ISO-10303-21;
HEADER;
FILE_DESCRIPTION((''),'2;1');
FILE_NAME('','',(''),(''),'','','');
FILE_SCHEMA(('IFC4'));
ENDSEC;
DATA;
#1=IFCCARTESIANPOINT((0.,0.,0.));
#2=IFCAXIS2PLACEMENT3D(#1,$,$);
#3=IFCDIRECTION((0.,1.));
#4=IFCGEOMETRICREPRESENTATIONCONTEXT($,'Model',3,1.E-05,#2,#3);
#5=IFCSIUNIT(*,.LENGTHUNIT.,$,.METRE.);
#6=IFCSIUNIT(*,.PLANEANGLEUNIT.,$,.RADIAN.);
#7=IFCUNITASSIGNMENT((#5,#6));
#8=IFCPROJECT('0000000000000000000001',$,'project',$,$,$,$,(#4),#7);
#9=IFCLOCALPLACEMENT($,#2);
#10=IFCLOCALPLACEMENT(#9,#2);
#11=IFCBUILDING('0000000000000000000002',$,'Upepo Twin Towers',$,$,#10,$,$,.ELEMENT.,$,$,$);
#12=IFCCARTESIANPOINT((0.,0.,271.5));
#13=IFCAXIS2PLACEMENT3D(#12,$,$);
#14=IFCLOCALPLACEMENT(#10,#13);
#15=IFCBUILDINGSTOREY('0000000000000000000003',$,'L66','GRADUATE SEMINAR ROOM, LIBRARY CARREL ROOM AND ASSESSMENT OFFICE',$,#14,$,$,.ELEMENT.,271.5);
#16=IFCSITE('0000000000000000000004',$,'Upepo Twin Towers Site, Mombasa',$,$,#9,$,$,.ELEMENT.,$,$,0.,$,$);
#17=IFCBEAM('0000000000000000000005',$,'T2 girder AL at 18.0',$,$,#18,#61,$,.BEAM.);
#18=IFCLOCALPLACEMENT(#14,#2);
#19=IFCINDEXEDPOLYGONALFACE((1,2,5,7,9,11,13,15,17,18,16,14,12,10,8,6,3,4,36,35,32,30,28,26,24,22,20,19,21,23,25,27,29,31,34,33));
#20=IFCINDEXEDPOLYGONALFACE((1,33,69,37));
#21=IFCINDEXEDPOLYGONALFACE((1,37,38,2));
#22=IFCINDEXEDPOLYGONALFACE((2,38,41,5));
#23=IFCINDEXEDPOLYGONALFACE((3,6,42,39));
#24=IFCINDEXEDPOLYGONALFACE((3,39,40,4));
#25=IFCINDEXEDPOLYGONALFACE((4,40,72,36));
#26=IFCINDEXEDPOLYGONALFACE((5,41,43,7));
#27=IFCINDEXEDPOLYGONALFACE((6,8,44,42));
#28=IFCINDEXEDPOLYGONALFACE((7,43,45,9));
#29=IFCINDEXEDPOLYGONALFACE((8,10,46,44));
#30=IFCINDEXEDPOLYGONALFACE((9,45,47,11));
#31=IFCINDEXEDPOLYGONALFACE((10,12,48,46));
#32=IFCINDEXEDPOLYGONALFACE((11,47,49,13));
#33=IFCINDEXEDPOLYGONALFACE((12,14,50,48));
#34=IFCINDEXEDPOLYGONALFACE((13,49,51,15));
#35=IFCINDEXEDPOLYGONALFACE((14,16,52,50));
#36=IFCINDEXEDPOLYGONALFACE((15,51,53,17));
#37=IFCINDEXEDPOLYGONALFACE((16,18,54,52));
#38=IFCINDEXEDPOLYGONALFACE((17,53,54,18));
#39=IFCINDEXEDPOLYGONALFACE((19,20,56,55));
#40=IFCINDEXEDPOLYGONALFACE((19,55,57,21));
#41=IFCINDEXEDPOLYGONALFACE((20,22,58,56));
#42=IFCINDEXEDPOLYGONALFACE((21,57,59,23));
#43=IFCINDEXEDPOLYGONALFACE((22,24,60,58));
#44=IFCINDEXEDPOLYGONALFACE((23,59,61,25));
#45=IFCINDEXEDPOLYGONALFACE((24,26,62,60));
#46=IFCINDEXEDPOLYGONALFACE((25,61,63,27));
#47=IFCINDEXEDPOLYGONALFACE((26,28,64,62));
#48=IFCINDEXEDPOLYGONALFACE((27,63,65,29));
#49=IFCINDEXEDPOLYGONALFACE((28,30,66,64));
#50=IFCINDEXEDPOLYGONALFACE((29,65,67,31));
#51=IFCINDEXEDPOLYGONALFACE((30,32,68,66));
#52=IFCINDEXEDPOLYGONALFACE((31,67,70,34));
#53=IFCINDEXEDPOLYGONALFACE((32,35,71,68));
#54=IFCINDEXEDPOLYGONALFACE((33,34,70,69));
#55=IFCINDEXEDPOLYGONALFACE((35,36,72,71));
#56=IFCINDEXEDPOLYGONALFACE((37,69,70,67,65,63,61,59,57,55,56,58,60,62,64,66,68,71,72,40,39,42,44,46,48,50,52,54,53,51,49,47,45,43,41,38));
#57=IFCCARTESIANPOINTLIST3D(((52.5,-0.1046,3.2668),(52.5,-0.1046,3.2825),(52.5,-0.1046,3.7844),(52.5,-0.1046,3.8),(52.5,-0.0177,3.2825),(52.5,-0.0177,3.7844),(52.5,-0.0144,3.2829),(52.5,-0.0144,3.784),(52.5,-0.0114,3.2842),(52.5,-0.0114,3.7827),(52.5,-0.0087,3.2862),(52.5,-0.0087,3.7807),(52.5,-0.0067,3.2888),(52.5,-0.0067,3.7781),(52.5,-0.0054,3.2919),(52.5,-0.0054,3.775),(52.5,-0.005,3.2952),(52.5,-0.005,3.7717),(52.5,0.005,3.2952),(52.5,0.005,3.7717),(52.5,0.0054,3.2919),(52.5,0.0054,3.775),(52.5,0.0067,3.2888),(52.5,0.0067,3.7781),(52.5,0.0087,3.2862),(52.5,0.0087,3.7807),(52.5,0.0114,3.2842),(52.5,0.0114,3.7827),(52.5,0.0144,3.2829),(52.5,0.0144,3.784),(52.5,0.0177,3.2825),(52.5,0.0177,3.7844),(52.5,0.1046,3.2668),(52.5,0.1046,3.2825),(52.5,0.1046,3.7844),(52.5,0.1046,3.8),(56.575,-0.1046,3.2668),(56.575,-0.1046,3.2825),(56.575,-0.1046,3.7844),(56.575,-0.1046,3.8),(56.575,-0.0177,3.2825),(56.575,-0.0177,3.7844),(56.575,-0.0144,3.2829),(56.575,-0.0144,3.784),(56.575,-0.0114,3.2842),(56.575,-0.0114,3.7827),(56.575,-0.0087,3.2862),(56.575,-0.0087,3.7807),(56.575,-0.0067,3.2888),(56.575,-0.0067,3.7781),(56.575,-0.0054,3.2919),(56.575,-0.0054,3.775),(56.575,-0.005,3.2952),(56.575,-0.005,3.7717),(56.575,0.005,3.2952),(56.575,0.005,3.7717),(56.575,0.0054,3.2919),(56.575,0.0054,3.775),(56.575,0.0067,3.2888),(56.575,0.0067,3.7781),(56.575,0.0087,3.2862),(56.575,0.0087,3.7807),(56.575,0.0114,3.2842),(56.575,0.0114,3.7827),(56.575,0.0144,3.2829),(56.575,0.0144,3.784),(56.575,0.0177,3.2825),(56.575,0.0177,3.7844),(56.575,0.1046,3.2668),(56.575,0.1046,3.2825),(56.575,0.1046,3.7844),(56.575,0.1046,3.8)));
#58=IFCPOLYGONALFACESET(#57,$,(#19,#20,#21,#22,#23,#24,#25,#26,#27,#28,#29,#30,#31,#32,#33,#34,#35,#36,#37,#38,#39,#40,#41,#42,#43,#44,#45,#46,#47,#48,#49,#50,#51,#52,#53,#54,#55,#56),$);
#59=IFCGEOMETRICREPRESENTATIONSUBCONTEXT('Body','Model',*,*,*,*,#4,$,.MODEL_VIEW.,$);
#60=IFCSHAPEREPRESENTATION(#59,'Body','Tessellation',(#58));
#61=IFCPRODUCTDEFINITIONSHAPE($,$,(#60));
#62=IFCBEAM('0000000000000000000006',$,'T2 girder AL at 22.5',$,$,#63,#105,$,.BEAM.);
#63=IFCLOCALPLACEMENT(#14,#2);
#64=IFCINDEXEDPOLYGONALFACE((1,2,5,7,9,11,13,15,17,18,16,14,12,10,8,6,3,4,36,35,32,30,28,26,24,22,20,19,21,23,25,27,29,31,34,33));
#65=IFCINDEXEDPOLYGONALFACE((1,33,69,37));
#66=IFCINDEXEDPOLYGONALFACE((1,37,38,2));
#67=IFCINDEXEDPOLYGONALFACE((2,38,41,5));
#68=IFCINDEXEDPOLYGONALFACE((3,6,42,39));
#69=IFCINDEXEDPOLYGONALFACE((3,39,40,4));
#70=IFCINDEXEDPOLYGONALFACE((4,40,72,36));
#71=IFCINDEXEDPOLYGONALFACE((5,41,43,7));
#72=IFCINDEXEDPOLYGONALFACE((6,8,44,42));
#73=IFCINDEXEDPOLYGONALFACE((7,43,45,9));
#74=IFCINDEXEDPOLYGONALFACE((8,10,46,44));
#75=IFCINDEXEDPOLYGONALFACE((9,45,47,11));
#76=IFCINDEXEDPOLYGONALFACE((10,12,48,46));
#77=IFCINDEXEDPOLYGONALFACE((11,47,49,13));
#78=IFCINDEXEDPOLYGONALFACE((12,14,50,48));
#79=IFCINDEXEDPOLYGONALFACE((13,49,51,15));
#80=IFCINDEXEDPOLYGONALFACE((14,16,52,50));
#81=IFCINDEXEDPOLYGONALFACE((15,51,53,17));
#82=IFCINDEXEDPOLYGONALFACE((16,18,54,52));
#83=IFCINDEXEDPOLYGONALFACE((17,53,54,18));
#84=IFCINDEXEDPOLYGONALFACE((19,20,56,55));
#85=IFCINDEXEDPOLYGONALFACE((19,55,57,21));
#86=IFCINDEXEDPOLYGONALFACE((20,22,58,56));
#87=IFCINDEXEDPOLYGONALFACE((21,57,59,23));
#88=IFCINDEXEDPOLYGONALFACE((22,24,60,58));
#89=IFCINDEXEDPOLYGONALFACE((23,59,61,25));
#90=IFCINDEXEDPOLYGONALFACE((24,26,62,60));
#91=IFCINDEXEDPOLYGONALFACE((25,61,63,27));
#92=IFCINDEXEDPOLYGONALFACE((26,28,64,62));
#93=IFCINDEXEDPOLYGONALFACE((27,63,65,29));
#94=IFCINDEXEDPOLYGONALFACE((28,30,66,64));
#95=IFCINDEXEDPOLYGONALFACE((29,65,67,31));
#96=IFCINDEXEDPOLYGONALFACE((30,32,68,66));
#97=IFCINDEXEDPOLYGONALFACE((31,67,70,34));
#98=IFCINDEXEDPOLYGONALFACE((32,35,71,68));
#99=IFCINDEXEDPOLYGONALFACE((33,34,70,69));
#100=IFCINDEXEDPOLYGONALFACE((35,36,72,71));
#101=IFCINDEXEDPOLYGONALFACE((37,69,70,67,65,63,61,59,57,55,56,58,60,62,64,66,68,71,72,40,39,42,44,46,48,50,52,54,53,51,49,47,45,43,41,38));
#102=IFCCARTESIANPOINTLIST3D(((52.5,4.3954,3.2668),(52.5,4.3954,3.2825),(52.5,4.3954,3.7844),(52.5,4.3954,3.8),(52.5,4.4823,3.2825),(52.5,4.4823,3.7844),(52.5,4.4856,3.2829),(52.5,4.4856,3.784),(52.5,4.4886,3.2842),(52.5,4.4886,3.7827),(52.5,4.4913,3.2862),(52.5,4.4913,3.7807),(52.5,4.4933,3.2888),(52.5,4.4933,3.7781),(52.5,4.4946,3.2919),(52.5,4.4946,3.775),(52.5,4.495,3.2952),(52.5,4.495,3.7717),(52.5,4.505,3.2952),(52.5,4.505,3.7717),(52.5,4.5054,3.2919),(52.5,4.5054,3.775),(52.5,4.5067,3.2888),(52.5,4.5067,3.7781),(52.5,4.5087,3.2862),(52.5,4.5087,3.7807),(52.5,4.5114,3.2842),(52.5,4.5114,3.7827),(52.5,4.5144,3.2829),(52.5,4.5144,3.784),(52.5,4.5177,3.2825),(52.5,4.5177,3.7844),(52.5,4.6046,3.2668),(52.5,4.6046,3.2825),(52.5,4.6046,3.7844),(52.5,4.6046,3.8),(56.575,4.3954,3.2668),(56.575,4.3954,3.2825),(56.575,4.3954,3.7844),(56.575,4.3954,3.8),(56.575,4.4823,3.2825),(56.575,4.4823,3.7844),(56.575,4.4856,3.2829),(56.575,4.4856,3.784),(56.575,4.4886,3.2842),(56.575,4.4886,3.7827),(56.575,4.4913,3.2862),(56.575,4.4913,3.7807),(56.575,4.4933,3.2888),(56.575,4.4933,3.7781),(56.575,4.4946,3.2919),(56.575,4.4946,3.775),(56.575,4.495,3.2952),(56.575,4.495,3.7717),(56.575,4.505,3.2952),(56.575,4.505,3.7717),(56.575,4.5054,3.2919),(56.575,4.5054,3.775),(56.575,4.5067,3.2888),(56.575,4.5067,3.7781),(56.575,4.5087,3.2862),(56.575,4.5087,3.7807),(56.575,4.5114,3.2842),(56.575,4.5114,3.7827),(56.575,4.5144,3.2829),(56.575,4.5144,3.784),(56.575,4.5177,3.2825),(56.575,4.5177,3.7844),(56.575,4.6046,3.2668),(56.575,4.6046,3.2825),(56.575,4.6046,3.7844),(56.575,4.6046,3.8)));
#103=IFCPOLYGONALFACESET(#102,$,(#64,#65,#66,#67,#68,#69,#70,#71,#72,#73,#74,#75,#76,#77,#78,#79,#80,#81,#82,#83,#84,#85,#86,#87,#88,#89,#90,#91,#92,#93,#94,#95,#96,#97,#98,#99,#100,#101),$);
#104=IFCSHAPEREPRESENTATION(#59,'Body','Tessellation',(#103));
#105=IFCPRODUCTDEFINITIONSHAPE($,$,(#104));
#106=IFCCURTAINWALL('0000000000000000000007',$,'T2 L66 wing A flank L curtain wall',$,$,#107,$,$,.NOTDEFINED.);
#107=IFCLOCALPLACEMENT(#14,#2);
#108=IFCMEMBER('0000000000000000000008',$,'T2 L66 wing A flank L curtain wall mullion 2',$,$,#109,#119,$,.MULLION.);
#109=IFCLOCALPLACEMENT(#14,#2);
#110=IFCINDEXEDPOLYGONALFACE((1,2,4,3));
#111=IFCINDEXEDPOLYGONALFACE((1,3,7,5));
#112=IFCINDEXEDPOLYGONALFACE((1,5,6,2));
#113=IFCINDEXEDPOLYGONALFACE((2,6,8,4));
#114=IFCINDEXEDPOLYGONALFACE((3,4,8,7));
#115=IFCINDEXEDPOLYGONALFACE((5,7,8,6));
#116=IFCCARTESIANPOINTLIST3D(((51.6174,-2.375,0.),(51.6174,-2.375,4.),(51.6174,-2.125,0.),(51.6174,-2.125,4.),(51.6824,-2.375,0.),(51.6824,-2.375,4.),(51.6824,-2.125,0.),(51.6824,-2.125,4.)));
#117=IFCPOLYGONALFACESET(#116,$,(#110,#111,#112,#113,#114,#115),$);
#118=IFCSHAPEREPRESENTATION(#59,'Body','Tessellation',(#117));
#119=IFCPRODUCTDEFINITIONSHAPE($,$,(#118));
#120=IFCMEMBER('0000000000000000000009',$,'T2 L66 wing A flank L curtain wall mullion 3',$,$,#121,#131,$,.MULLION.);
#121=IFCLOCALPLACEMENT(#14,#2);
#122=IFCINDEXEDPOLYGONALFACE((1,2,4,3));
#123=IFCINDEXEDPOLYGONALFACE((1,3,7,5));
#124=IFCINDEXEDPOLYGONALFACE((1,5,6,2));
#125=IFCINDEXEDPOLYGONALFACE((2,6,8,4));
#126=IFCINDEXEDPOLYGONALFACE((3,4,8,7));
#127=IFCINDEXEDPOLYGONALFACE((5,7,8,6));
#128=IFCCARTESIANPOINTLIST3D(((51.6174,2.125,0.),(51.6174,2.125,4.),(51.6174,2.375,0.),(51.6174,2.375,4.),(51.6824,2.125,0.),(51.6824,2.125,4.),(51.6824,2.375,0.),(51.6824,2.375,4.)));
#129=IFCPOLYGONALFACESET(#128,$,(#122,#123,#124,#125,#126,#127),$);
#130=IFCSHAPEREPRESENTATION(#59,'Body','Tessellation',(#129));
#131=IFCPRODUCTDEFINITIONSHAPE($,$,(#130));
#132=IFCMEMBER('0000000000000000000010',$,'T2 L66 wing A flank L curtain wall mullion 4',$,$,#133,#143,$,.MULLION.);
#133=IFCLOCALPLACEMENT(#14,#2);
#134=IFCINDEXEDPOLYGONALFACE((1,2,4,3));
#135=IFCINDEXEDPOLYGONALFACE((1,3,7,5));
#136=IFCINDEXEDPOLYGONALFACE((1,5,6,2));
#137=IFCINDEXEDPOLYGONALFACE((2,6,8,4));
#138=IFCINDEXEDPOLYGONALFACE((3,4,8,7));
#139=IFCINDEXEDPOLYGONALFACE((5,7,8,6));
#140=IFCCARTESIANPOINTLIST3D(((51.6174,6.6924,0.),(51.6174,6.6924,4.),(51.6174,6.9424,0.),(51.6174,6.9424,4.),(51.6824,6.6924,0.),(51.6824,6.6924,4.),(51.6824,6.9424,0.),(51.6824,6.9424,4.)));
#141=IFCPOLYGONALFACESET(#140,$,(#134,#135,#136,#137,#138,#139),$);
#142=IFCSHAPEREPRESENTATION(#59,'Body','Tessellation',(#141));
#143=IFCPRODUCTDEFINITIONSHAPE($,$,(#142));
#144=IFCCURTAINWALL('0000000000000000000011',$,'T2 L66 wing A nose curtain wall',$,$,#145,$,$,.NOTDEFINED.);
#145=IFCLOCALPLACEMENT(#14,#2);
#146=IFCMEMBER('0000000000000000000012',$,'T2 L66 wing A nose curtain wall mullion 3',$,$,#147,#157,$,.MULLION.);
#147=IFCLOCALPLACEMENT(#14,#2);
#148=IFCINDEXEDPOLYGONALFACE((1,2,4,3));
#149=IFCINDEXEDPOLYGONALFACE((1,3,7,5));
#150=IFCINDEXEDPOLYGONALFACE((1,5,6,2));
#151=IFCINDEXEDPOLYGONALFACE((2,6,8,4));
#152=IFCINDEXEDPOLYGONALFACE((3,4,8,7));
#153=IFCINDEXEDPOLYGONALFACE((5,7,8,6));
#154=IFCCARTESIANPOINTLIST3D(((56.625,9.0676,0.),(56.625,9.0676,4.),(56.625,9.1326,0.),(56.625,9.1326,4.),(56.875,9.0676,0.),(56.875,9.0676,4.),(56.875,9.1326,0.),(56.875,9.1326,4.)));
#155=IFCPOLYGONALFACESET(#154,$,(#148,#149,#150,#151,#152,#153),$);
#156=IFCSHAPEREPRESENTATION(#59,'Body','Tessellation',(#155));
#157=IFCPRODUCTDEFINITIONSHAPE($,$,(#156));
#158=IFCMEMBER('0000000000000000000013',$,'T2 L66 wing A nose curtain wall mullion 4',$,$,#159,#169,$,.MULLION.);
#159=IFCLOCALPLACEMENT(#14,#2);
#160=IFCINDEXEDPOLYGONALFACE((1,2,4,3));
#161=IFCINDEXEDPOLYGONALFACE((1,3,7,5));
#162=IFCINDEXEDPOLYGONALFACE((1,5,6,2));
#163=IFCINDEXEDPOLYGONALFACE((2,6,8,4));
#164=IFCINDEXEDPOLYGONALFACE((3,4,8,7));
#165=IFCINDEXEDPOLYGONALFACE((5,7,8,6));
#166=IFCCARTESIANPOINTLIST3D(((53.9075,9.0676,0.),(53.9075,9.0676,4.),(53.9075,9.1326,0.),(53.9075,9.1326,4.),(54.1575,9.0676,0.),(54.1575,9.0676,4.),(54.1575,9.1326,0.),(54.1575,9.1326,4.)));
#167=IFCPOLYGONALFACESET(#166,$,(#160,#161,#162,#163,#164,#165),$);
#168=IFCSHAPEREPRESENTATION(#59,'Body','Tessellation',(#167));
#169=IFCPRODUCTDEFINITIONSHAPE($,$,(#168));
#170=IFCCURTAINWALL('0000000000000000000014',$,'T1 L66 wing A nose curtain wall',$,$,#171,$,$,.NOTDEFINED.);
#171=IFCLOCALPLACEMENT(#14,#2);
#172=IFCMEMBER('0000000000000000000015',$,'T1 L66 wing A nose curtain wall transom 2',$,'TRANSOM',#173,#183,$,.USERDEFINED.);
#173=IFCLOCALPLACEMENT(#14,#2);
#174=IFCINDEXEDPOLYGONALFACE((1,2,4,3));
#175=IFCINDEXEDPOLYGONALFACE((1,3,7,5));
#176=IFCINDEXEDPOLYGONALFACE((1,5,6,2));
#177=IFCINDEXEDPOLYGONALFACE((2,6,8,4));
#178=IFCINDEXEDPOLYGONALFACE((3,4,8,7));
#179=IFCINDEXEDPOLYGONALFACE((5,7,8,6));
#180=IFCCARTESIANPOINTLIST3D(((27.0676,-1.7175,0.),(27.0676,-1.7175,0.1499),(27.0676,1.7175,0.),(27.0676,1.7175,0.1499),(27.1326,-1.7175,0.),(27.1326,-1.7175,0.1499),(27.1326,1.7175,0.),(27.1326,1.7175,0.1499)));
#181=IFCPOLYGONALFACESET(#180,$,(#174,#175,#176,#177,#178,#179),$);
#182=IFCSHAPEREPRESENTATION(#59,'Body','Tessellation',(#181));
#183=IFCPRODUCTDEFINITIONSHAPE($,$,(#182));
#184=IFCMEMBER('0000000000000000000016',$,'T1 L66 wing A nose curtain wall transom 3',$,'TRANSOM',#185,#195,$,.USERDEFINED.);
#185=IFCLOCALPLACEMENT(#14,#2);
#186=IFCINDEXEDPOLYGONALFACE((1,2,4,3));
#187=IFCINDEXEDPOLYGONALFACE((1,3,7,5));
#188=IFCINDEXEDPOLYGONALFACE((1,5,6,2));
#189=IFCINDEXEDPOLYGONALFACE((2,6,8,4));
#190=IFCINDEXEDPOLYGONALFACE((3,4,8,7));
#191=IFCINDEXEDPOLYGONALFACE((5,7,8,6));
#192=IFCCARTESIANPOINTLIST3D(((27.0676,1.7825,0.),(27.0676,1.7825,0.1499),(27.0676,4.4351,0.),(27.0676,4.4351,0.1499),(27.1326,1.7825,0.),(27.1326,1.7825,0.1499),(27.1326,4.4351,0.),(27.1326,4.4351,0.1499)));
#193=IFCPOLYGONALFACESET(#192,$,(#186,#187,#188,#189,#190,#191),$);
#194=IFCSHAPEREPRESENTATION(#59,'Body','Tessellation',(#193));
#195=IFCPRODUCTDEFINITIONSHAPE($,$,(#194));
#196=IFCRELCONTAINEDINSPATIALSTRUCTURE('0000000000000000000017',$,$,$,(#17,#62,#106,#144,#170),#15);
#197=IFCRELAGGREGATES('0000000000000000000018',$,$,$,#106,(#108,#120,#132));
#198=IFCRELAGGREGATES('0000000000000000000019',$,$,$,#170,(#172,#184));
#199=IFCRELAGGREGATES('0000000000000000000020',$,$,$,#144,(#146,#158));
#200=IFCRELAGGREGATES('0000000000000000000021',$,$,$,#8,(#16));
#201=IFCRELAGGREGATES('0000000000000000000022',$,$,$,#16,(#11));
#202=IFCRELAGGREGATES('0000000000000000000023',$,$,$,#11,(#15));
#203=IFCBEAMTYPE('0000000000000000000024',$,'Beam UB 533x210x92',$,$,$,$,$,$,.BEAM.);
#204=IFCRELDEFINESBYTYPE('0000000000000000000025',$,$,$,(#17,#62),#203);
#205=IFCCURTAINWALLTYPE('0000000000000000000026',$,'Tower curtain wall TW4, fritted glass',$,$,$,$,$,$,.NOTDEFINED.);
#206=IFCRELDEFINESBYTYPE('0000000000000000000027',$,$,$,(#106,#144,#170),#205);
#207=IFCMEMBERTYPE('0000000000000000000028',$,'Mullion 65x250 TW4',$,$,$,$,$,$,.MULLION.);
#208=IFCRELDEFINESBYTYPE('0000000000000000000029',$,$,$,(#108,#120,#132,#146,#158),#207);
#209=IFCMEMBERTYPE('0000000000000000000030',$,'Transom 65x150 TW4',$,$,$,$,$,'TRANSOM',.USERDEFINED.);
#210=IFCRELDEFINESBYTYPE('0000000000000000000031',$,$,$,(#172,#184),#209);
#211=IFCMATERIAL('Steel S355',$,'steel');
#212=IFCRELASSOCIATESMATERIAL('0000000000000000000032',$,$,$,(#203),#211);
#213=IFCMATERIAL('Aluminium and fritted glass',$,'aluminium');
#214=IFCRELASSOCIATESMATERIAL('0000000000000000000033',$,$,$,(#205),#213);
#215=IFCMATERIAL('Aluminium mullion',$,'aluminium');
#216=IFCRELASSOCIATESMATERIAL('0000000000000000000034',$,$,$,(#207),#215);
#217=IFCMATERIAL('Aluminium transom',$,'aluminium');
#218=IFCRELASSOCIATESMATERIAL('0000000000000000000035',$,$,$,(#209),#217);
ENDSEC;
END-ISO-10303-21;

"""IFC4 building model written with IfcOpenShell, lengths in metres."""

from ifc_helpers import new_model, si_unit, direction, frame, origin, origin_2d, place, context, subcontext, project, spatial, rectangle, i_section, extrude, material, material_profile, profile_set, type_object, element, aggregate, save


model = new_model("IFC4")

# Units and contexts
model_context = context("Model", 3, precision=1e-05, world=origin(), true_north=direction((0.0, 1.0)))
body_context = subcontext(model_context, "Body", "Model", "MODEL_VIEW")
ifc_project = project(units=[si_unit("LENGTHUNIT", "METRE"), si_unit("PLANEANGLEUNIT", "RADIAN")], contexts=[model_context])

# Site, building, storey
site_placement = place(None, origin())
site = spatial("IfcSite", under=ifc_project, at=site_placement, Name="Upepo Twin Towers Site, Mombasa", CompositionType="ELEMENT", RefElevation=0.0)
building_placement = place(site_placement, origin())
building = spatial("IfcBuilding", under=site, at=building_placement, Name="Upepo Twin Towers", CompositionType="ELEMENT")
storey_placement = place(building_placement, frame((0.0, 0.0, 271.5)))
storey = spatial("IfcBuildingStorey", under=building, at=storey_placement, Name="L66", Description="GRADUATE SEMINAR ROOM, LIBRARY CARREL ROOM AND ASSESSMENT OFFICE", CompositionType="ELEMENT", Elevation=271.5)

# Beams
ifc_material_1 = material(Name="Steel S355", Category="steel")
ifc_material_profile_1 = material_profile(ifc_material_1, i_section(OverallWidth=0.2092, OverallDepth=0.5332, WebThickness=0.01, FlangeThickness=0.0156, FilletRadius=0.0127, at=origin_2d()), Name="UB 533x210x92")
ifc_profile_set_1 = profile_set([ifc_material_profile_1], Name="Steel S355")
beam_type_1 = type_object("IfcBeamType", Name="Beam UB 533x210x92", PredefinedType="BEAM", material=ifc_profile_set_1)
for number, where, z_axis, x_axis, name in (
    (1, (52.5, 0.0, 3.5334), (1.0, 0.0, 0.0), (0.0, 1.0, 0.0), "T2 girder AL at 18.0"),
    (2, (52.5, 4.5, 3.5334), (1.0, 0.0, 0.0), (0.0, 1.0, 0.0), "T2 girder AL at 22.5"),
):
    element("IfcBeam", number, at=place(storey_placement, frame(where, z_axis=z_axis, x_axis=x_axis)), inside=storey, type_object=beam_type_1, Name=name, PredefinedType="BEAM", context=body_context, shape_type="SweptSolid", body=[
        extrude(i_section(OverallWidth=0.2092, OverallDepth=0.5332, WebThickness=0.01, FlangeThickness=0.0156, FilletRadius=0.0127, at=origin_2d()), origin(), (0.0, 0.0, 1.0), 4.075),
    ])

# Curtain walls, members
ifc_material_2 = material(Name="Aluminium and fritted glass", Category="aluminium")
curtain_wall_type = type_object("IfcCurtainWallType", Name="Tower curtain wall TW4, fritted glass", PredefinedType="NOTDEFINED", material=ifc_material_2)
curtain_wall_1_placement = place(storey_placement, origin())
curtain_wall_1 = element("IfcCurtainWall", 3, at=curtain_wall_1_placement, inside=storey, type_object=curtain_wall_type, Name="T2 L66 wing A flank L curtain wall", PredefinedType="NOTDEFINED")
ifc_material_3 = material(Name="Aluminium mullion", Category="aluminium")
ifc_material_profile_2 = material_profile(ifc_material_3, rectangle(XDim=0.0649, YDim=0.25, at=origin_2d()), Name="MULLION 65x250")
ifc_profile_set_2 = profile_set([ifc_material_profile_2], Name="Aluminium mullion")
member_type_1 = type_object("IfcMemberType", Name="Mullion 65x250 TW4", PredefinedType="MULLION", material=ifc_profile_set_2)
member_1_placement = place(storey_placement, frame((51.6499, -2.25, 0.0), z_axis=(0.0, 0.0, 1.0), x_axis=(-1.0, 0.0, 0.0)))
member_1 = element("IfcMember", 4, at=member_1_placement, type_object=member_type_1, Name="T2 L66 wing A flank L curtain wall mullion 2", PredefinedType="MULLION", context=body_context, shape_type="SweptSolid", body=[
    extrude(rectangle(XDim=0.0649, YDim=0.25, at=origin_2d()), origin(), (0.0, 0.0, 1.0), 4.0),
])
member_2_placement = place(storey_placement, frame((51.6499, 2.25, 0.0), z_axis=(0.0, 0.0, 1.0), x_axis=(-1.0, 0.0, 0.0)))
member_2 = element("IfcMember", 5, at=member_2_placement, type_object=member_type_1, Name="T2 L66 wing A flank L curtain wall mullion 3", PredefinedType="MULLION", context=body_context, shape_type="SweptSolid", body=[
    extrude(rectangle(XDim=0.0649, YDim=0.25, at=origin_2d()), origin(), (0.0, 0.0, 1.0), 4.0),
])
member_3_placement = place(storey_placement, frame((51.6499, 6.8174, 0.0), z_axis=(0.0, 0.0, 1.0), x_axis=(-1.0, 0.0, 0.0)))
member_3 = element("IfcMember", 6, at=member_3_placement, type_object=member_type_1, Name="T2 L66 wing A flank L curtain wall mullion 4", PredefinedType="MULLION", context=body_context, shape_type="SweptSolid", body=[
    extrude(rectangle(XDim=0.0649, YDim=0.25, at=origin_2d()), origin(), (0.0, 0.0, 1.0), 4.0),
])
curtain_wall_2_placement = place(storey_placement, origin())
curtain_wall_2 = element("IfcCurtainWall", 7, at=curtain_wall_2_placement, inside=storey, type_object=curtain_wall_type, Name="T2 L66 wing A nose curtain wall", PredefinedType="NOTDEFINED")
member_4_placement = place(storey_placement, frame((56.75, 9.1001, 0.0), z_axis=(0.0, 0.0, 1.0), x_axis=(0.0, -1.0, 0.0)))
member_4 = element("IfcMember", 8, at=member_4_placement, type_object=member_type_1, Name="T2 L66 wing A nose curtain wall mullion 3", PredefinedType="MULLION", context=body_context, shape_type="SweptSolid", body=[
    extrude(rectangle(XDim=0.0649, YDim=0.25, at=origin_2d()), origin(), (0.0, 0.0, 1.0), 4.0),
])
member_5_placement = place(storey_placement, frame((54.0325, 9.1001, 0.0), z_axis=(0.0, 0.0, 1.0), x_axis=(0.0, -1.0, 0.0)))
member_5 = element("IfcMember", 9, at=member_5_placement, type_object=member_type_1, Name="T2 L66 wing A nose curtain wall mullion 4", PredefinedType="MULLION", context=body_context, shape_type="SweptSolid", body=[
    extrude(rectangle(XDim=0.0649, YDim=0.25, at=origin_2d()), origin(), (0.0, 0.0, 1.0), 4.0),
])
curtain_wall_3_placement = place(storey_placement, origin())
curtain_wall_3 = element("IfcCurtainWall", 10, at=curtain_wall_3_placement, inside=storey, type_object=curtain_wall_type, Name="T1 L66 wing A nose curtain wall", PredefinedType="NOTDEFINED")
ifc_material_4 = material(Name="Aluminium transom", Category="aluminium")
ifc_material_profile_3 = material_profile(ifc_material_4, rectangle(XDim=0.0649, YDim=0.1499, at=origin_2d()), Name="TRANSOM 65x150")
ifc_profile_set_3 = profile_set([ifc_material_profile_3], Name="Aluminium transom")
member_type_2 = type_object("IfcMemberType", Name="Transom 65x150 TW4", ElementType="TRANSOM", PredefinedType="USERDEFINED", material=ifc_profile_set_3)
member_6_placement = place(storey_placement, frame((27.1001, -1.7175, 0.075), z_axis=(0.0, 1.0, 0.0), x_axis=(-1.0, 0.0, 0.0)))
member_6 = element("IfcMember", 11, at=member_6_placement, type_object=member_type_2, Name="T1 L66 wing A nose curtain wall transom 2", ObjectType="TRANSOM", PredefinedType="USERDEFINED", context=body_context, shape_type="SweptSolid", body=[
    extrude(rectangle(XDim=0.0649, YDim=0.1499, at=origin_2d()), origin(), (0.0, 0.0, 1.0), 3.4351),
])
member_7_placement = place(storey_placement, frame((27.1001, 1.7825, 0.075), z_axis=(0.0, 1.0, 0.0), x_axis=(-1.0, 0.0, 0.0)))
member_7 = element("IfcMember", 12, at=member_7_placement, type_object=member_type_2, Name="T1 L66 wing A nose curtain wall transom 3", ObjectType="TRANSOM", PredefinedType="USERDEFINED", context=body_context, shape_type="SweptSolid", body=[
    extrude(rectangle(XDim=0.0649, YDim=0.1499, at=origin_2d()), origin(), (0.0, 0.0, 1.0), 2.6526),
])

aggregate(curtain_wall_1, [member_1, member_2, member_3])
aggregate(curtain_wall_3, [member_6, member_7])
aggregate(curtain_wall_2, [member_4, member_5])

save(model, "model.ifc")
